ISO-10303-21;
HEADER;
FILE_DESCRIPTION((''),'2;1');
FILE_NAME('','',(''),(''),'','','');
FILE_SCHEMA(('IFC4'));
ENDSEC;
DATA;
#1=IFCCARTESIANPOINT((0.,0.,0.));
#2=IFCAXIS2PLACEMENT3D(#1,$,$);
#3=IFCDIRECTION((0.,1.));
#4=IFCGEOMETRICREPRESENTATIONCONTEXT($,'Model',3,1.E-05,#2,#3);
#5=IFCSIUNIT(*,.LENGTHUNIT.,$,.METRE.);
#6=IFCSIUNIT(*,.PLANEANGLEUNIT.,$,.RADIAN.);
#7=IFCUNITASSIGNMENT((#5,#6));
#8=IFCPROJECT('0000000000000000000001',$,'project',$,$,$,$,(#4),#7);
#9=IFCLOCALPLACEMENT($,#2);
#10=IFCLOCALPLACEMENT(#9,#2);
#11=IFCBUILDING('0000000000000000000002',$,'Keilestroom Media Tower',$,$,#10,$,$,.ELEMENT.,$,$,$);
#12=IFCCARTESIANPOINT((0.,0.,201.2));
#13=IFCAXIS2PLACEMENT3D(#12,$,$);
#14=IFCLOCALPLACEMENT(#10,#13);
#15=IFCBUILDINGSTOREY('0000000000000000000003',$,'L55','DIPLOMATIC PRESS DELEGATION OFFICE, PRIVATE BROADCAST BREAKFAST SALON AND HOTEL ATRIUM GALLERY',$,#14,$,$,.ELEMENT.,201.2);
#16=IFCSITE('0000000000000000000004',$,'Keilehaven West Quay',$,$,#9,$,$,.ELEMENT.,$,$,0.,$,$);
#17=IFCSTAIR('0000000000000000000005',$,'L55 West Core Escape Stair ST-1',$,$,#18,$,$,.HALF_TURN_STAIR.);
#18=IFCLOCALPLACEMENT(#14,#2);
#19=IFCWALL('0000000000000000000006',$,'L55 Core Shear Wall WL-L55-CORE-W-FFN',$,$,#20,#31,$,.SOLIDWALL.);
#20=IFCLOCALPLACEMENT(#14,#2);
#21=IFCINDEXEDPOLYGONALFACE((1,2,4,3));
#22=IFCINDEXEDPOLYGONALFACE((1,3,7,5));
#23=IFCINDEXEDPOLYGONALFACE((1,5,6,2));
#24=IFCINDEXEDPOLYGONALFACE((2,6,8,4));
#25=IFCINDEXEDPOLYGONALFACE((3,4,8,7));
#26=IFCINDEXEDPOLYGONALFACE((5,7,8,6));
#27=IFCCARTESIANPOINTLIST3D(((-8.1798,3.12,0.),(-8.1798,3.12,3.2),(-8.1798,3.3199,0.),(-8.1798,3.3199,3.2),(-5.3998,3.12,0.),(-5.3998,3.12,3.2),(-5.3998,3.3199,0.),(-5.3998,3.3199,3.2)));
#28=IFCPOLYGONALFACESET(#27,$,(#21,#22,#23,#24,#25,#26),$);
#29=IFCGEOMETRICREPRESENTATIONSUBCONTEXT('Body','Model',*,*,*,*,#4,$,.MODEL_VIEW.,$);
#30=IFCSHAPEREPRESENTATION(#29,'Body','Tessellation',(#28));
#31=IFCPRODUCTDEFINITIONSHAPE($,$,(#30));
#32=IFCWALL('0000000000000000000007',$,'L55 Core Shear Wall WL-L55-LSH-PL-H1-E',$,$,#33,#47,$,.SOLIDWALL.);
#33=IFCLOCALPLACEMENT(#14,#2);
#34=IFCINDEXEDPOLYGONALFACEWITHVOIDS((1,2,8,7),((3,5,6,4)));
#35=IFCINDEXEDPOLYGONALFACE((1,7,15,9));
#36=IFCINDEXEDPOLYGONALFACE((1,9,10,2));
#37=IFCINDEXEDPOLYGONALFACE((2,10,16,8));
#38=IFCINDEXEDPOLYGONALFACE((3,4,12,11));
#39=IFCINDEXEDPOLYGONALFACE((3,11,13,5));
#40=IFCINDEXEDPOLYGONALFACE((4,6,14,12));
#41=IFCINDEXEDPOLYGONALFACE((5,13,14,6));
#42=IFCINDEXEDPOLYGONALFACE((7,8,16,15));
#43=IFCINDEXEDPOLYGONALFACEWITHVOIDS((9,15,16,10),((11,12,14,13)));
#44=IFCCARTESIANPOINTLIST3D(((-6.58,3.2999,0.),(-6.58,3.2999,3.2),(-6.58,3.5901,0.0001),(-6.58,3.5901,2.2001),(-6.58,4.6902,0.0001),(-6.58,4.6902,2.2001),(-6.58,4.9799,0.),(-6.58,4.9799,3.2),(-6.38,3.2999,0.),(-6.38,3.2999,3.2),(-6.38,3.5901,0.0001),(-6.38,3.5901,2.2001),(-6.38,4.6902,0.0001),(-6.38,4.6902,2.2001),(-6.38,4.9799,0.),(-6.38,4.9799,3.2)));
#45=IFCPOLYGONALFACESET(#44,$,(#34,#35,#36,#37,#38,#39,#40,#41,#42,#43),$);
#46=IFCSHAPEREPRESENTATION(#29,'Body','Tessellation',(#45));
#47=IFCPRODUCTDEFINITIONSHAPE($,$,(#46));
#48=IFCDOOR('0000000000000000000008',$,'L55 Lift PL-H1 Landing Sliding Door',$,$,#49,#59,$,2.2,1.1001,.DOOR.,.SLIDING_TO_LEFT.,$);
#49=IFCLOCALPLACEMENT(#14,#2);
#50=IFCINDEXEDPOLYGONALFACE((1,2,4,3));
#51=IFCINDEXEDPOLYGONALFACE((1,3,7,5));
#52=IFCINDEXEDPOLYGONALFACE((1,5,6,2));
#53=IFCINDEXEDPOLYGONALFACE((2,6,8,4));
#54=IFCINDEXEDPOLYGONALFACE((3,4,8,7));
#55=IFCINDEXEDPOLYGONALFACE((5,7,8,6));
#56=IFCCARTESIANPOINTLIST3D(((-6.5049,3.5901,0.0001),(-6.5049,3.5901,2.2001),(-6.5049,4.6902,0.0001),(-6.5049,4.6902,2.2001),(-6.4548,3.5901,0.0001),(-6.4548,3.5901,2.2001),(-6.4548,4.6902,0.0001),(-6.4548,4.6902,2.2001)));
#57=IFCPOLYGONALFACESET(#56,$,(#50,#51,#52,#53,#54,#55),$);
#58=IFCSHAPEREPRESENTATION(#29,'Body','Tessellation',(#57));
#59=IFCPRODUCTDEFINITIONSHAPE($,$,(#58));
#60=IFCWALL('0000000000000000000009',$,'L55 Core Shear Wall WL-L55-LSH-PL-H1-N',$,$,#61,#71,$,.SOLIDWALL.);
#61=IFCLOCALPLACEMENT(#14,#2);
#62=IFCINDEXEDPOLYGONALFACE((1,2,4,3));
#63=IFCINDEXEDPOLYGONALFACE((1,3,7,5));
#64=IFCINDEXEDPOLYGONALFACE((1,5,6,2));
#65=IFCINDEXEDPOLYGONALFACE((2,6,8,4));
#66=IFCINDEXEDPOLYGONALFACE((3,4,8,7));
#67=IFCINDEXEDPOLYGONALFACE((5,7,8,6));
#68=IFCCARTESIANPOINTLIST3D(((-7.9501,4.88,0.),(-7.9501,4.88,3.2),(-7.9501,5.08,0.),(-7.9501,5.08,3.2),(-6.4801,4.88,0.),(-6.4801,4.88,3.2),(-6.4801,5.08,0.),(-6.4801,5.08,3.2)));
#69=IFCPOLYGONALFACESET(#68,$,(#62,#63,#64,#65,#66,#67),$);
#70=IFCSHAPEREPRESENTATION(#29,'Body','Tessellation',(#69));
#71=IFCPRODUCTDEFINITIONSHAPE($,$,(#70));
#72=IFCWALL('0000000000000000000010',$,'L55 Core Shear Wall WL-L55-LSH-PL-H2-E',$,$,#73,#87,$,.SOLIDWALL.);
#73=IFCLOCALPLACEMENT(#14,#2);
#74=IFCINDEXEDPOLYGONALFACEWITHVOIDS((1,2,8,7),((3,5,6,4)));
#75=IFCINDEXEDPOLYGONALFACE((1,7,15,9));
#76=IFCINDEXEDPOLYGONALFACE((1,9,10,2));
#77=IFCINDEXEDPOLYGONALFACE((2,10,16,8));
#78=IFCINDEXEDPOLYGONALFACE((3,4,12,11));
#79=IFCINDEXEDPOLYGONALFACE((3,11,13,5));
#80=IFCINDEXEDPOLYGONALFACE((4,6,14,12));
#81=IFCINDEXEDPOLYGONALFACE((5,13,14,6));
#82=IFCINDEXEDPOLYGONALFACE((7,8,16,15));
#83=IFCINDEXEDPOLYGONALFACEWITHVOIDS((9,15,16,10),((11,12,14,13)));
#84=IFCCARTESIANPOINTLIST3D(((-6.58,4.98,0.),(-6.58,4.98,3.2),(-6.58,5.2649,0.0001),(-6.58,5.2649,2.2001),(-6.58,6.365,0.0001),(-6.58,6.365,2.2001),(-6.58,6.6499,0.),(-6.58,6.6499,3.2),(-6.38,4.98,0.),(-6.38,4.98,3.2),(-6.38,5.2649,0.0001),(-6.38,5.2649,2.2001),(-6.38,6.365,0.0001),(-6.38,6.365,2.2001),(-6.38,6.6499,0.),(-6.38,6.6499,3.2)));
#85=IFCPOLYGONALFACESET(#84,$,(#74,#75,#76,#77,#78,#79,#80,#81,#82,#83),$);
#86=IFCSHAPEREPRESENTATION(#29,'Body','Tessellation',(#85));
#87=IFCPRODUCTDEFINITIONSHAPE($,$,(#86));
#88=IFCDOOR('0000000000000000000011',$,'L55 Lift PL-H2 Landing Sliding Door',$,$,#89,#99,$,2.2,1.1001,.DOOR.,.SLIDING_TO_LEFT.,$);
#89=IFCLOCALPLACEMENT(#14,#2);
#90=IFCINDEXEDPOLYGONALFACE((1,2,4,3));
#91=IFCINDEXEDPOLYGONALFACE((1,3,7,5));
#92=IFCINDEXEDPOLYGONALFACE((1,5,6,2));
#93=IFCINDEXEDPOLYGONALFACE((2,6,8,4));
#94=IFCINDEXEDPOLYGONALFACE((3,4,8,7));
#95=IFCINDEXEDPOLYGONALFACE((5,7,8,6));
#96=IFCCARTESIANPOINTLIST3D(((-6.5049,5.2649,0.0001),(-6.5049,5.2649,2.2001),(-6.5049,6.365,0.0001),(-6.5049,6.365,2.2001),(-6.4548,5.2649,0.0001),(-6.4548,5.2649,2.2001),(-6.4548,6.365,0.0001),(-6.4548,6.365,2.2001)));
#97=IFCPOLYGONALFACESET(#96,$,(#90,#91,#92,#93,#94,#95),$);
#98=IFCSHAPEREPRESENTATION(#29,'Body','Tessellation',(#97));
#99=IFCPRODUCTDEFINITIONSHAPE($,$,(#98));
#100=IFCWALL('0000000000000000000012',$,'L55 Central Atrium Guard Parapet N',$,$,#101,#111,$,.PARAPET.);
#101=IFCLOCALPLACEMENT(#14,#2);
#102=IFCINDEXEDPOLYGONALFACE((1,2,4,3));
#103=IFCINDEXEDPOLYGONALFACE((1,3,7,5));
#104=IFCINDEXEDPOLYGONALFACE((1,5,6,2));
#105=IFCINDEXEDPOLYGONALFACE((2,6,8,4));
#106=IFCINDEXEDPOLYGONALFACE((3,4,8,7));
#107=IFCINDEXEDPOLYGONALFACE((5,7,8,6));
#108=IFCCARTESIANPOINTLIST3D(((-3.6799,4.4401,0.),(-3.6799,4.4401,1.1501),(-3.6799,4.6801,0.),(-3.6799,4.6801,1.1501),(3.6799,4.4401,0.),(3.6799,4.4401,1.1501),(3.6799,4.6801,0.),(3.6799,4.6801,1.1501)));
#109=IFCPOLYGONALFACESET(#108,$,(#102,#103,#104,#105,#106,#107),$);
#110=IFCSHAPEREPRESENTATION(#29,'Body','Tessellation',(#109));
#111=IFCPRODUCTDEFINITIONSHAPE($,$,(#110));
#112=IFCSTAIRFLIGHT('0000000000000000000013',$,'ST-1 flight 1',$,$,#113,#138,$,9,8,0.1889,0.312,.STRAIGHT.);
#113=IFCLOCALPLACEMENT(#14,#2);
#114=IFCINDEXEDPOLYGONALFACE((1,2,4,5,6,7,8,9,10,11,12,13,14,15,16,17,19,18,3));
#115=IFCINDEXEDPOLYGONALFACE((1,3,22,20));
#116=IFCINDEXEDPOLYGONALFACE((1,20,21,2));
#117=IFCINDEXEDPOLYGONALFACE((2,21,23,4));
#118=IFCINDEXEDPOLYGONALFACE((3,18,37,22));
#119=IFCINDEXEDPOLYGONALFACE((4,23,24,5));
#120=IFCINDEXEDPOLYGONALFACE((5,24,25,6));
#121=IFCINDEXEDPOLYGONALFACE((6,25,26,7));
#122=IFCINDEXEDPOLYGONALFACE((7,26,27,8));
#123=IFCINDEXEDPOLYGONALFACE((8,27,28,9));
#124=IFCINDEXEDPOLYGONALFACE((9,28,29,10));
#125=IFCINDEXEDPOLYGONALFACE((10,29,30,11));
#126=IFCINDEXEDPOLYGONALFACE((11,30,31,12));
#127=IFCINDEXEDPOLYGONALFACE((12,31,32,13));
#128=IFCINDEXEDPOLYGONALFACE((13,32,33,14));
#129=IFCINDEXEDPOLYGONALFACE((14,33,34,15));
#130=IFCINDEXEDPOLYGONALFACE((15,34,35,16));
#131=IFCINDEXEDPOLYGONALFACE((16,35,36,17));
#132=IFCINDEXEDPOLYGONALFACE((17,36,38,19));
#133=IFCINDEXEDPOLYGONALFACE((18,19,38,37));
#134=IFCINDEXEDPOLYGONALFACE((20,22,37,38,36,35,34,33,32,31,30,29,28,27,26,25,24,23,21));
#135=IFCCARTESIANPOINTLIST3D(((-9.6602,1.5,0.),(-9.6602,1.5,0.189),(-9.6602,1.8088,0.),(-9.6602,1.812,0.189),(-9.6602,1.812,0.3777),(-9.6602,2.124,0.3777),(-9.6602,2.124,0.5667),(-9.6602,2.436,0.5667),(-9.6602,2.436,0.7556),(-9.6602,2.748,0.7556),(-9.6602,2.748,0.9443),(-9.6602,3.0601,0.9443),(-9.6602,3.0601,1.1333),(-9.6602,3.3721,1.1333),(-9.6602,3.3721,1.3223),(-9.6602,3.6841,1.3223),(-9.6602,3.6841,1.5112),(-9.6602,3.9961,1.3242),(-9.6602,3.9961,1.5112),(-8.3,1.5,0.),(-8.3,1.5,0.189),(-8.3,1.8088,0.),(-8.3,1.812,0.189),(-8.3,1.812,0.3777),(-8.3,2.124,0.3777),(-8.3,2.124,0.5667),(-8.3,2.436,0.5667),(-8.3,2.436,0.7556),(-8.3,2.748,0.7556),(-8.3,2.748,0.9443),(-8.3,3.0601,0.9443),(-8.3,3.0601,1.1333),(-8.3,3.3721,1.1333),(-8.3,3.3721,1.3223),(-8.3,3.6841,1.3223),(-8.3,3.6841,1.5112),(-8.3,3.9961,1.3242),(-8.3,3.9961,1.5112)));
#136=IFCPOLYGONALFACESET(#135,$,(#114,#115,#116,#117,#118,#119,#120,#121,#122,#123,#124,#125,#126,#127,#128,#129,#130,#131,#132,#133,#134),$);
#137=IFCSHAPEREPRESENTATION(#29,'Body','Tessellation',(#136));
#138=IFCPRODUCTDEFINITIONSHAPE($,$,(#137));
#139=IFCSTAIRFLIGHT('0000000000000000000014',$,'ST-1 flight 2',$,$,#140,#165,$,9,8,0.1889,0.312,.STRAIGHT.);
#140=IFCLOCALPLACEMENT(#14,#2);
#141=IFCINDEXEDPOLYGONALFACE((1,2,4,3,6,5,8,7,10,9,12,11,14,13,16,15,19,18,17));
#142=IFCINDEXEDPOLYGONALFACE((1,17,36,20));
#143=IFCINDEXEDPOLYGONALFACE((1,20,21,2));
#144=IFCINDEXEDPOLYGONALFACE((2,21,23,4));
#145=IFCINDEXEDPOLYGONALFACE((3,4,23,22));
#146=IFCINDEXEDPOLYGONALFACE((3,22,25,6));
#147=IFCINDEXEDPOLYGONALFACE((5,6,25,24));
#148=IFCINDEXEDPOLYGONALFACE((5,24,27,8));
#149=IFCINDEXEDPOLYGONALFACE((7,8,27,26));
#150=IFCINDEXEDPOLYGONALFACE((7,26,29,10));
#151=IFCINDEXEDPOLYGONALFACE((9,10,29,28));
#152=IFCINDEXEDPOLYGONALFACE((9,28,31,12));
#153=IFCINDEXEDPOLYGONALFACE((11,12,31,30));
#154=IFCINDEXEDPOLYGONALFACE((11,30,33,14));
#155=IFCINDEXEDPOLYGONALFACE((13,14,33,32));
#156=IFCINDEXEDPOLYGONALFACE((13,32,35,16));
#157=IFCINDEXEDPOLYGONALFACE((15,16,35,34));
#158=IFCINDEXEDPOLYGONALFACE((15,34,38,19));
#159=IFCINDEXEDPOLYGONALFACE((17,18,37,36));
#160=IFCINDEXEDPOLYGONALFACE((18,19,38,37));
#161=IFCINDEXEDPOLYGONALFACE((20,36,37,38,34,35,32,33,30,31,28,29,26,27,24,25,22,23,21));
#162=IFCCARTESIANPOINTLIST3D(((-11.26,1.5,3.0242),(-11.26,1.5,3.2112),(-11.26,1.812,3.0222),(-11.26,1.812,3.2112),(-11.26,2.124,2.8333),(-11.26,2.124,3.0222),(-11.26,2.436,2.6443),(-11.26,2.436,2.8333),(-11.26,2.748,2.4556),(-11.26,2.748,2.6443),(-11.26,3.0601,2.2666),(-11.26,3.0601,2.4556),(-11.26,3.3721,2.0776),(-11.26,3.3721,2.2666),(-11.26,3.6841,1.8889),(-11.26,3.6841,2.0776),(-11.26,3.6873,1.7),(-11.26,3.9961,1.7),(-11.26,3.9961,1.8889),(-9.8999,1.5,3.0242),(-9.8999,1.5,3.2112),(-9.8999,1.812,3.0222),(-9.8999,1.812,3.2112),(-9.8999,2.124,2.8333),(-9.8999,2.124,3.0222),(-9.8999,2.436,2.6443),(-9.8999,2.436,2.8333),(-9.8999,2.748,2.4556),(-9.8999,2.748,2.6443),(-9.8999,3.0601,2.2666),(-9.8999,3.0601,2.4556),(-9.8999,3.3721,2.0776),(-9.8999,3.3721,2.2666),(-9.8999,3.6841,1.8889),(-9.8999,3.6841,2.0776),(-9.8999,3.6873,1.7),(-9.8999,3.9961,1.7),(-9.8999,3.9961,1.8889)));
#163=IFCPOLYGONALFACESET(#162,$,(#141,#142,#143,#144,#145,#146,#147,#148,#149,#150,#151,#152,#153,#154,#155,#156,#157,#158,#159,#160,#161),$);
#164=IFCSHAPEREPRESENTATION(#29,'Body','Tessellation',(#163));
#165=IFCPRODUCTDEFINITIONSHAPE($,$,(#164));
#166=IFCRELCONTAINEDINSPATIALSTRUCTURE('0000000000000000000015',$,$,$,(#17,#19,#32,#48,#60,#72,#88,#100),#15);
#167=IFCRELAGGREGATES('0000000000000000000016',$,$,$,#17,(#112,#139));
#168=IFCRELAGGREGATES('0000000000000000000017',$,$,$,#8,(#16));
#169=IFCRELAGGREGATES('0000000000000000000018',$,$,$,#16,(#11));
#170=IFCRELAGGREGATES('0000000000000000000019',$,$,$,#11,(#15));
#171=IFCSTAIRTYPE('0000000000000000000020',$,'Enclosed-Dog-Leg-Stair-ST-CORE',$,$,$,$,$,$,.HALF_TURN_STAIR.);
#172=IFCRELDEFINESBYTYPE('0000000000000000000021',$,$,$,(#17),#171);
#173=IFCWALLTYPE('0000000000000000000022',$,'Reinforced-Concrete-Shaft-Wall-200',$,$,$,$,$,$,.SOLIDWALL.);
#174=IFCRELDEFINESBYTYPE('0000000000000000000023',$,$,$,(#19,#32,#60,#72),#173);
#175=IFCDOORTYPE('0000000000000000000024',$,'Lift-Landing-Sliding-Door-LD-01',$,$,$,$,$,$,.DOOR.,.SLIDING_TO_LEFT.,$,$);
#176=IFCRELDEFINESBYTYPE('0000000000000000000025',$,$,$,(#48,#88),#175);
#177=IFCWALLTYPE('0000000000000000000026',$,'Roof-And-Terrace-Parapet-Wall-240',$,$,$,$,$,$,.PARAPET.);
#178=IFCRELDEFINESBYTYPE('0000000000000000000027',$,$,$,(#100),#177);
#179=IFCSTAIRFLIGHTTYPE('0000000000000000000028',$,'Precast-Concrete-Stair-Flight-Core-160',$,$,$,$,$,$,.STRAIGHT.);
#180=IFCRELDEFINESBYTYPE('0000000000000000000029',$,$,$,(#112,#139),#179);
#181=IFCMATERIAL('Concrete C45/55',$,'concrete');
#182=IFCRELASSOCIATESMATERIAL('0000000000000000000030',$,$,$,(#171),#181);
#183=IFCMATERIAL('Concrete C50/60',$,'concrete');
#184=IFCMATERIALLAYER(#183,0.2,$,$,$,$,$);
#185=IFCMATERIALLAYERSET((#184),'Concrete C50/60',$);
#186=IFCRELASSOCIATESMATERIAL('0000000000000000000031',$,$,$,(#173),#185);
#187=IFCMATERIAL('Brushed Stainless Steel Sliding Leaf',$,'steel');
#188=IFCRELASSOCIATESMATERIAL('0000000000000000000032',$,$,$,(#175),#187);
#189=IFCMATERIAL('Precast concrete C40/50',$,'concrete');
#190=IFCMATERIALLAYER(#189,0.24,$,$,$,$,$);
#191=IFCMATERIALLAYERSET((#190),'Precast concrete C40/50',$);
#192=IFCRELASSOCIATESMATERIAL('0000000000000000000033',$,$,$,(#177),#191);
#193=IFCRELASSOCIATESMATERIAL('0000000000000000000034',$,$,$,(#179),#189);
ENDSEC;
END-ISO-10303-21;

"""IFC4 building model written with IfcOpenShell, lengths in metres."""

from ifc_helpers import new_model, si_unit, direction, frame, frame_2d, origin, place, context, subcontext, project, spatial, polyline, rectangle, outline, extrude, source, transform, mapped, material, layer, layer_set, type_object, element, fill, aggregate, save


model = new_model("IFC4")

# Units and contexts
model_context = context("Model", 3, precision=1e-05, world=origin(), true_north=direction((0.0, 1.0)))
body_context = subcontext(model_context, "Body", "Model", "MODEL_VIEW")
ifc_project = project(units=[si_unit("LENGTHUNIT", "METRE"), si_unit("PLANEANGLEUNIT", "RADIAN")], contexts=[model_context])

# Site, building, storey
site_placement = place(None, origin())
site = spatial("IfcSite", under=ifc_project, at=site_placement, Name="Keilehaven West Quay", CompositionType="ELEMENT", RefElevation=0.0)
building_placement = place(site_placement, origin())
building = spatial("IfcBuilding", under=site, at=building_placement, Name="Keilestroom Media Tower", CompositionType="ELEMENT")
storey_placement = place(building_placement, frame((0.0, 0.0, 201.2)))
storey = spatial("IfcBuildingStorey", under=building, at=storey_placement, Name="L55", Description="DIPLOMATIC PRESS DELEGATION OFFICE, PRIVATE BROADCAST BREAKFAST SALON AND HOTEL ATRIUM GALLERY", CompositionType="ELEMENT", Elevation=201.2)

# Shared definitions
ifc_material_1 = material(Name="Concrete C50/60", Category="concrete")

# Stair
ifc_material_2 = material(Name="Concrete C45/55", Category="concrete")
stair_type = type_object("IfcStairType", Name="Enclosed-Dog-Leg-Stair-ST-CORE", PredefinedType="HALF_TURN_STAIR", material=ifc_material_2)
stair_1_placement = place(storey_placement, origin())
stair_1 = element("IfcStair", 1, at=stair_1_placement, inside=storey, type_object=stair_type, Name="L55 West Core Escape Stair ST-1", PredefinedType="HALF_TURN_STAIR")

# Wall
ifc_material_3 = material(Name="Precast concrete C40/50", Category="concrete")
ifc_layer_1 = layer(ifc_material_1, 0.2)
ifc_layer_set_1 = layer_set([ifc_layer_1], Name="Concrete C50/60")
wall_type_1 = type_object("IfcWallType", Name="Reinforced-Concrete-Shaft-Wall-200", PredefinedType="SOLIDWALL", material=ifc_layer_set_1)
wall_1_placement = place(storey_placement, frame((-8.1799, 3.22, 0.0), z_axis=(0.0, 0.0, 1.0), x_axis=(1.0, 0.0, 0.0)))
element("IfcWall", 2, at=wall_1_placement, inside=storey, type_object=wall_type_1, Name="L55 Core Shear Wall WL-L55-CORE-W-FFN", PredefinedType="SOLIDWALL", context=body_context, shape_type="SweptSolid", body=[
    extrude(rectangle(XDim=2.78, YDim=0.2, at=frame_2d((1.3901, 0.0))), origin(), (0.0, 0.0, 1.0), 3.2),
])

# Wall, opening, door
wall_2_placement = place(storey_placement, frame((-6.48, 3.3, 0.0), z_axis=(0.0, 0.0, 1.0), x_axis=(0.0, 1.0, 0.0)))
wall_2 = element("IfcWall", 3, at=wall_2_placement, inside=storey, type_object=wall_type_1, Name="L55 Core Shear Wall WL-L55-LSH-PL-H1-E", PredefinedType="SOLIDWALL", context=body_context, shape_type="SweptSolid", body=[
    extrude(rectangle(XDim=1.6799, YDim=0.2, at=frame_2d((0.8398, 0.0))), origin(), (0.0, 0.0, 1.0), 3.2),
])
opening_1_placement = place(wall_2_placement, frame((0.29, 0.0, 0.0)))
opening_1 = element("IfcOpeningElement", 4, at=opening_1_placement, cuts=wall_2, PredefinedType="OPENING", context=body_context, shape_type="SweptSolid", body=[
    extrude(rectangle(XDim=1.1001, YDim=2.2, at=frame_2d((0.55, 1.1001))), frame((0.0, 0.1099, 0.0), z_axis=(0.0, -1.0, 0.0), x_axis=(1.0, 0.0, 0.0)), (0.0, 0.0, 1.0), 0.22),
])
ifc_material_4 = material(Name="Brushed Stainless Steel Sliding Leaf", Category="steel")
door_type = type_object("IfcDoorType", Name="Lift-Landing-Sliding-Door-LD-01", OperationType="SLIDING_TO_LEFT", PredefinedType="DOOR", material=ifc_material_4)
shared_shape = source(origin(), body_context, "Body", "SweptSolid", [
    extrude(rectangle(XDim=1.1001, YDim=2.2, at=frame_2d((0.55, 1.1001))), frame((0.0, 0.0249, 0.0), z_axis=(0.0, -1.0, 0.0), x_axis=(1.0, 0.0, 0.0)), (0.0, 0.0, 1.0), 0.05),
])
door_1_placement = place(opening_1_placement, origin())
door_1 = element("IfcDoor", 5, at=door_1_placement, inside=storey, type_object=door_type, Name="L55 Lift PL-H1 Landing Sliding Door", OperationType="SLIDING_TO_LEFT", OverallHeight=2.2, OverallWidth=1.1001, PredefinedType="DOOR", context=body_context, shape_type="MappedRepresentation", body=[
    mapped(shared_shape, transform((0.0, 0.0, 0.0), x_axis=(1.0, 0.0, 0.0), y_axis=(0.0, 1.0, 0.0), z_axis=(0.0, 0.0, 1.0), scale=1.0)),
])
fill(opening_1, door_1)

# Wall
wall_3_placement = place(storey_placement, frame((-7.95, 4.98, 0.0), z_axis=(0.0, 0.0, 1.0), x_axis=(1.0, 0.0, 0.0)))
element("IfcWall", 6, at=wall_3_placement, inside=storey, type_object=wall_type_1, Name="L55 Core Shear Wall WL-L55-LSH-PL-H1-N", PredefinedType="SOLIDWALL", context=body_context, shape_type="SweptSolid", body=[
    extrude(rectangle(XDim=1.47, YDim=0.2, at=frame_2d((0.7349, 0.0))), origin(), (0.0, 0.0, 1.0), 3.2),
])

# Wall, opening, door
wall_4_placement = place(storey_placement, frame((-6.48, 4.98, 0.0), z_axis=(0.0, 0.0, 1.0), x_axis=(0.0, 1.0, 0.0)))
wall_4 = element("IfcWall", 7, at=wall_4_placement, inside=storey, type_object=wall_type_1, Name="L55 Core Shear Wall WL-L55-LSH-PL-H2-E", PredefinedType="SOLIDWALL", context=body_context, shape_type="SweptSolid", body=[
    extrude(rectangle(XDim=1.6699, YDim=0.2, at=frame_2d((0.835, 0.0))), origin(), (0.0, 0.0, 1.0), 3.2),
])
opening_2_placement = place(wall_4_placement, frame((0.2849, 0.0, 0.0)))
opening_2 = element("IfcOpeningElement", 8, at=opening_2_placement, cuts=wall_4, PredefinedType="OPENING", context=body_context, shape_type="SweptSolid", body=[
    extrude(rectangle(XDim=1.1001, YDim=2.2, at=frame_2d((0.55, 1.1001))), frame((0.0, 0.1099, 0.0), z_axis=(0.0, -1.0, 0.0), x_axis=(1.0, 0.0, 0.0)), (0.0, 0.0, 1.0), 0.22),
])
door_2_placement = place(opening_2_placement, origin())
door_2 = element("IfcDoor", 9, at=door_2_placement, inside=storey, type_object=door_type, Name="L55 Lift PL-H2 Landing Sliding Door", OperationType="SLIDING_TO_LEFT", OverallHeight=2.2, OverallWidth=1.1001, PredefinedType="DOOR", context=body_context, shape_type="MappedRepresentation", body=[
    mapped(shared_shape, transform((0.0, 0.0, 0.0), x_axis=(1.0, 0.0, 0.0), y_axis=(0.0, 1.0, 0.0), z_axis=(0.0, 0.0, 1.0), scale=1.0)),
])
fill(opening_2, door_2)

# Wall
ifc_layer_2 = layer(ifc_material_3, 0.24)
ifc_layer_set_2 = layer_set([ifc_layer_2], Name="Precast concrete C40/50")
wall_type_2 = type_object("IfcWallType", Name="Roof-And-Terrace-Parapet-Wall-240", PredefinedType="PARAPET", material=ifc_layer_set_2)
wall_5_placement = place(storey_placement, frame((-3.6799, 4.5601, 0.0), z_axis=(0.0, 0.0, 1.0), x_axis=(1.0, 0.0, 0.0)))
element("IfcWall", 10, at=wall_5_placement, inside=storey, type_object=wall_type_2, Name="L55 Central Atrium Guard Parapet N", PredefinedType="PARAPET", context=body_context, shape_type="SweptSolid", body=[
    extrude(rectangle(XDim=7.3599, YDim=0.24, at=frame_2d((3.6799, 0.0))), origin(), (0.0, 0.0, 1.0), 1.1501),
])

# Stair flights
stair_flight_type = type_object("IfcStairFlightType", Name="Precast-Concrete-Stair-Flight-Core-160", PredefinedType="STRAIGHT", material=ifc_material_3)
stair_flight_1_placement = place(storey_placement, frame((-8.98, 1.5, 0.0), z_axis=(0.0, 0.0, 1.0), x_axis=(0.0, 1.0, 0.0)))
stair_flight_1 = element("IfcStairFlight", 11, at=stair_flight_1_placement, type_object=stair_flight_type, Name="ST-1 flight 1", NumberOfRisers=9, NumberOfTreads=8, PredefinedType="STRAIGHT", RiserHeight=0.1889, TreadLength=0.312, context=body_context, shape_type="SweptSolid", body=[
    extrude(outline(polyline([(0.0, 0.0), (0.0, 0.189), (0.312, 0.189), (0.312, 0.3777), (0.624, 0.3777), (0.624, 0.5667), (0.936, 0.5667), (0.936, 0.7556), (1.248, 0.7556), (1.248, 0.9443), (1.5601, 0.9443), (1.5601, 1.1333), (1.8721, 1.1333), (1.8721, 1.3223), (2.1841, 1.3223), (2.1841, 1.5112), (2.4961, 1.5112), (2.4961, 1.7), (2.4961, 1.3242), (0.3088, 0.0), (0.0, 0.0)])), frame((0.0, 0.6802, 0.0), z_axis=(0.0, -1.0, 0.0), x_axis=(1.0, 0.0, 0.0)), (0.0, 0.0, 1.0), 1.3601),
])
stair_flight_2_placement = place(storey_placement, frame((-10.5801, 3.9961, 1.7), z_axis=(0.0, 0.0, 1.0), x_axis=(0.0, -1.0, 0.0)))
stair_flight_2 = element("IfcStairFlight", 12, at=stair_flight_2_placement, type_object=stair_flight_type, Name="ST-1 flight 2", NumberOfRisers=9, NumberOfTreads=8, PredefinedType="STRAIGHT", RiserHeight=0.1889, TreadLength=0.312, context=body_context, shape_type="SweptSolid", body=[
    extrude(outline(polyline([(0.0, 0.0), (0.0, 0.189), (0.312, 0.189), (0.312, 0.3777), (0.624, 0.3777), (0.624, 0.5667), (0.936, 0.5667), (0.936, 0.7556), (1.248, 0.7556), (1.248, 0.9443), (1.5601, 0.9443), (1.5601, 1.1333), (1.8721, 1.1333), (1.8721, 1.3223), (2.1841, 1.3223), (2.1841, 1.5112), (2.4961, 1.5112), (2.4961, 1.7), (2.4961, 1.3242), (0.3088, 0.0), (0.0, 0.0)])), frame((0.0, 0.6802, 0.0), z_axis=(0.0, -1.0, 0.0), x_axis=(1.0, 0.0, 0.0)), (0.0, 0.0, 1.0), 1.3601),
])
aggregate(stair_1, [stair_flight_1, stair_flight_2])

save(model, "model.ifc")
